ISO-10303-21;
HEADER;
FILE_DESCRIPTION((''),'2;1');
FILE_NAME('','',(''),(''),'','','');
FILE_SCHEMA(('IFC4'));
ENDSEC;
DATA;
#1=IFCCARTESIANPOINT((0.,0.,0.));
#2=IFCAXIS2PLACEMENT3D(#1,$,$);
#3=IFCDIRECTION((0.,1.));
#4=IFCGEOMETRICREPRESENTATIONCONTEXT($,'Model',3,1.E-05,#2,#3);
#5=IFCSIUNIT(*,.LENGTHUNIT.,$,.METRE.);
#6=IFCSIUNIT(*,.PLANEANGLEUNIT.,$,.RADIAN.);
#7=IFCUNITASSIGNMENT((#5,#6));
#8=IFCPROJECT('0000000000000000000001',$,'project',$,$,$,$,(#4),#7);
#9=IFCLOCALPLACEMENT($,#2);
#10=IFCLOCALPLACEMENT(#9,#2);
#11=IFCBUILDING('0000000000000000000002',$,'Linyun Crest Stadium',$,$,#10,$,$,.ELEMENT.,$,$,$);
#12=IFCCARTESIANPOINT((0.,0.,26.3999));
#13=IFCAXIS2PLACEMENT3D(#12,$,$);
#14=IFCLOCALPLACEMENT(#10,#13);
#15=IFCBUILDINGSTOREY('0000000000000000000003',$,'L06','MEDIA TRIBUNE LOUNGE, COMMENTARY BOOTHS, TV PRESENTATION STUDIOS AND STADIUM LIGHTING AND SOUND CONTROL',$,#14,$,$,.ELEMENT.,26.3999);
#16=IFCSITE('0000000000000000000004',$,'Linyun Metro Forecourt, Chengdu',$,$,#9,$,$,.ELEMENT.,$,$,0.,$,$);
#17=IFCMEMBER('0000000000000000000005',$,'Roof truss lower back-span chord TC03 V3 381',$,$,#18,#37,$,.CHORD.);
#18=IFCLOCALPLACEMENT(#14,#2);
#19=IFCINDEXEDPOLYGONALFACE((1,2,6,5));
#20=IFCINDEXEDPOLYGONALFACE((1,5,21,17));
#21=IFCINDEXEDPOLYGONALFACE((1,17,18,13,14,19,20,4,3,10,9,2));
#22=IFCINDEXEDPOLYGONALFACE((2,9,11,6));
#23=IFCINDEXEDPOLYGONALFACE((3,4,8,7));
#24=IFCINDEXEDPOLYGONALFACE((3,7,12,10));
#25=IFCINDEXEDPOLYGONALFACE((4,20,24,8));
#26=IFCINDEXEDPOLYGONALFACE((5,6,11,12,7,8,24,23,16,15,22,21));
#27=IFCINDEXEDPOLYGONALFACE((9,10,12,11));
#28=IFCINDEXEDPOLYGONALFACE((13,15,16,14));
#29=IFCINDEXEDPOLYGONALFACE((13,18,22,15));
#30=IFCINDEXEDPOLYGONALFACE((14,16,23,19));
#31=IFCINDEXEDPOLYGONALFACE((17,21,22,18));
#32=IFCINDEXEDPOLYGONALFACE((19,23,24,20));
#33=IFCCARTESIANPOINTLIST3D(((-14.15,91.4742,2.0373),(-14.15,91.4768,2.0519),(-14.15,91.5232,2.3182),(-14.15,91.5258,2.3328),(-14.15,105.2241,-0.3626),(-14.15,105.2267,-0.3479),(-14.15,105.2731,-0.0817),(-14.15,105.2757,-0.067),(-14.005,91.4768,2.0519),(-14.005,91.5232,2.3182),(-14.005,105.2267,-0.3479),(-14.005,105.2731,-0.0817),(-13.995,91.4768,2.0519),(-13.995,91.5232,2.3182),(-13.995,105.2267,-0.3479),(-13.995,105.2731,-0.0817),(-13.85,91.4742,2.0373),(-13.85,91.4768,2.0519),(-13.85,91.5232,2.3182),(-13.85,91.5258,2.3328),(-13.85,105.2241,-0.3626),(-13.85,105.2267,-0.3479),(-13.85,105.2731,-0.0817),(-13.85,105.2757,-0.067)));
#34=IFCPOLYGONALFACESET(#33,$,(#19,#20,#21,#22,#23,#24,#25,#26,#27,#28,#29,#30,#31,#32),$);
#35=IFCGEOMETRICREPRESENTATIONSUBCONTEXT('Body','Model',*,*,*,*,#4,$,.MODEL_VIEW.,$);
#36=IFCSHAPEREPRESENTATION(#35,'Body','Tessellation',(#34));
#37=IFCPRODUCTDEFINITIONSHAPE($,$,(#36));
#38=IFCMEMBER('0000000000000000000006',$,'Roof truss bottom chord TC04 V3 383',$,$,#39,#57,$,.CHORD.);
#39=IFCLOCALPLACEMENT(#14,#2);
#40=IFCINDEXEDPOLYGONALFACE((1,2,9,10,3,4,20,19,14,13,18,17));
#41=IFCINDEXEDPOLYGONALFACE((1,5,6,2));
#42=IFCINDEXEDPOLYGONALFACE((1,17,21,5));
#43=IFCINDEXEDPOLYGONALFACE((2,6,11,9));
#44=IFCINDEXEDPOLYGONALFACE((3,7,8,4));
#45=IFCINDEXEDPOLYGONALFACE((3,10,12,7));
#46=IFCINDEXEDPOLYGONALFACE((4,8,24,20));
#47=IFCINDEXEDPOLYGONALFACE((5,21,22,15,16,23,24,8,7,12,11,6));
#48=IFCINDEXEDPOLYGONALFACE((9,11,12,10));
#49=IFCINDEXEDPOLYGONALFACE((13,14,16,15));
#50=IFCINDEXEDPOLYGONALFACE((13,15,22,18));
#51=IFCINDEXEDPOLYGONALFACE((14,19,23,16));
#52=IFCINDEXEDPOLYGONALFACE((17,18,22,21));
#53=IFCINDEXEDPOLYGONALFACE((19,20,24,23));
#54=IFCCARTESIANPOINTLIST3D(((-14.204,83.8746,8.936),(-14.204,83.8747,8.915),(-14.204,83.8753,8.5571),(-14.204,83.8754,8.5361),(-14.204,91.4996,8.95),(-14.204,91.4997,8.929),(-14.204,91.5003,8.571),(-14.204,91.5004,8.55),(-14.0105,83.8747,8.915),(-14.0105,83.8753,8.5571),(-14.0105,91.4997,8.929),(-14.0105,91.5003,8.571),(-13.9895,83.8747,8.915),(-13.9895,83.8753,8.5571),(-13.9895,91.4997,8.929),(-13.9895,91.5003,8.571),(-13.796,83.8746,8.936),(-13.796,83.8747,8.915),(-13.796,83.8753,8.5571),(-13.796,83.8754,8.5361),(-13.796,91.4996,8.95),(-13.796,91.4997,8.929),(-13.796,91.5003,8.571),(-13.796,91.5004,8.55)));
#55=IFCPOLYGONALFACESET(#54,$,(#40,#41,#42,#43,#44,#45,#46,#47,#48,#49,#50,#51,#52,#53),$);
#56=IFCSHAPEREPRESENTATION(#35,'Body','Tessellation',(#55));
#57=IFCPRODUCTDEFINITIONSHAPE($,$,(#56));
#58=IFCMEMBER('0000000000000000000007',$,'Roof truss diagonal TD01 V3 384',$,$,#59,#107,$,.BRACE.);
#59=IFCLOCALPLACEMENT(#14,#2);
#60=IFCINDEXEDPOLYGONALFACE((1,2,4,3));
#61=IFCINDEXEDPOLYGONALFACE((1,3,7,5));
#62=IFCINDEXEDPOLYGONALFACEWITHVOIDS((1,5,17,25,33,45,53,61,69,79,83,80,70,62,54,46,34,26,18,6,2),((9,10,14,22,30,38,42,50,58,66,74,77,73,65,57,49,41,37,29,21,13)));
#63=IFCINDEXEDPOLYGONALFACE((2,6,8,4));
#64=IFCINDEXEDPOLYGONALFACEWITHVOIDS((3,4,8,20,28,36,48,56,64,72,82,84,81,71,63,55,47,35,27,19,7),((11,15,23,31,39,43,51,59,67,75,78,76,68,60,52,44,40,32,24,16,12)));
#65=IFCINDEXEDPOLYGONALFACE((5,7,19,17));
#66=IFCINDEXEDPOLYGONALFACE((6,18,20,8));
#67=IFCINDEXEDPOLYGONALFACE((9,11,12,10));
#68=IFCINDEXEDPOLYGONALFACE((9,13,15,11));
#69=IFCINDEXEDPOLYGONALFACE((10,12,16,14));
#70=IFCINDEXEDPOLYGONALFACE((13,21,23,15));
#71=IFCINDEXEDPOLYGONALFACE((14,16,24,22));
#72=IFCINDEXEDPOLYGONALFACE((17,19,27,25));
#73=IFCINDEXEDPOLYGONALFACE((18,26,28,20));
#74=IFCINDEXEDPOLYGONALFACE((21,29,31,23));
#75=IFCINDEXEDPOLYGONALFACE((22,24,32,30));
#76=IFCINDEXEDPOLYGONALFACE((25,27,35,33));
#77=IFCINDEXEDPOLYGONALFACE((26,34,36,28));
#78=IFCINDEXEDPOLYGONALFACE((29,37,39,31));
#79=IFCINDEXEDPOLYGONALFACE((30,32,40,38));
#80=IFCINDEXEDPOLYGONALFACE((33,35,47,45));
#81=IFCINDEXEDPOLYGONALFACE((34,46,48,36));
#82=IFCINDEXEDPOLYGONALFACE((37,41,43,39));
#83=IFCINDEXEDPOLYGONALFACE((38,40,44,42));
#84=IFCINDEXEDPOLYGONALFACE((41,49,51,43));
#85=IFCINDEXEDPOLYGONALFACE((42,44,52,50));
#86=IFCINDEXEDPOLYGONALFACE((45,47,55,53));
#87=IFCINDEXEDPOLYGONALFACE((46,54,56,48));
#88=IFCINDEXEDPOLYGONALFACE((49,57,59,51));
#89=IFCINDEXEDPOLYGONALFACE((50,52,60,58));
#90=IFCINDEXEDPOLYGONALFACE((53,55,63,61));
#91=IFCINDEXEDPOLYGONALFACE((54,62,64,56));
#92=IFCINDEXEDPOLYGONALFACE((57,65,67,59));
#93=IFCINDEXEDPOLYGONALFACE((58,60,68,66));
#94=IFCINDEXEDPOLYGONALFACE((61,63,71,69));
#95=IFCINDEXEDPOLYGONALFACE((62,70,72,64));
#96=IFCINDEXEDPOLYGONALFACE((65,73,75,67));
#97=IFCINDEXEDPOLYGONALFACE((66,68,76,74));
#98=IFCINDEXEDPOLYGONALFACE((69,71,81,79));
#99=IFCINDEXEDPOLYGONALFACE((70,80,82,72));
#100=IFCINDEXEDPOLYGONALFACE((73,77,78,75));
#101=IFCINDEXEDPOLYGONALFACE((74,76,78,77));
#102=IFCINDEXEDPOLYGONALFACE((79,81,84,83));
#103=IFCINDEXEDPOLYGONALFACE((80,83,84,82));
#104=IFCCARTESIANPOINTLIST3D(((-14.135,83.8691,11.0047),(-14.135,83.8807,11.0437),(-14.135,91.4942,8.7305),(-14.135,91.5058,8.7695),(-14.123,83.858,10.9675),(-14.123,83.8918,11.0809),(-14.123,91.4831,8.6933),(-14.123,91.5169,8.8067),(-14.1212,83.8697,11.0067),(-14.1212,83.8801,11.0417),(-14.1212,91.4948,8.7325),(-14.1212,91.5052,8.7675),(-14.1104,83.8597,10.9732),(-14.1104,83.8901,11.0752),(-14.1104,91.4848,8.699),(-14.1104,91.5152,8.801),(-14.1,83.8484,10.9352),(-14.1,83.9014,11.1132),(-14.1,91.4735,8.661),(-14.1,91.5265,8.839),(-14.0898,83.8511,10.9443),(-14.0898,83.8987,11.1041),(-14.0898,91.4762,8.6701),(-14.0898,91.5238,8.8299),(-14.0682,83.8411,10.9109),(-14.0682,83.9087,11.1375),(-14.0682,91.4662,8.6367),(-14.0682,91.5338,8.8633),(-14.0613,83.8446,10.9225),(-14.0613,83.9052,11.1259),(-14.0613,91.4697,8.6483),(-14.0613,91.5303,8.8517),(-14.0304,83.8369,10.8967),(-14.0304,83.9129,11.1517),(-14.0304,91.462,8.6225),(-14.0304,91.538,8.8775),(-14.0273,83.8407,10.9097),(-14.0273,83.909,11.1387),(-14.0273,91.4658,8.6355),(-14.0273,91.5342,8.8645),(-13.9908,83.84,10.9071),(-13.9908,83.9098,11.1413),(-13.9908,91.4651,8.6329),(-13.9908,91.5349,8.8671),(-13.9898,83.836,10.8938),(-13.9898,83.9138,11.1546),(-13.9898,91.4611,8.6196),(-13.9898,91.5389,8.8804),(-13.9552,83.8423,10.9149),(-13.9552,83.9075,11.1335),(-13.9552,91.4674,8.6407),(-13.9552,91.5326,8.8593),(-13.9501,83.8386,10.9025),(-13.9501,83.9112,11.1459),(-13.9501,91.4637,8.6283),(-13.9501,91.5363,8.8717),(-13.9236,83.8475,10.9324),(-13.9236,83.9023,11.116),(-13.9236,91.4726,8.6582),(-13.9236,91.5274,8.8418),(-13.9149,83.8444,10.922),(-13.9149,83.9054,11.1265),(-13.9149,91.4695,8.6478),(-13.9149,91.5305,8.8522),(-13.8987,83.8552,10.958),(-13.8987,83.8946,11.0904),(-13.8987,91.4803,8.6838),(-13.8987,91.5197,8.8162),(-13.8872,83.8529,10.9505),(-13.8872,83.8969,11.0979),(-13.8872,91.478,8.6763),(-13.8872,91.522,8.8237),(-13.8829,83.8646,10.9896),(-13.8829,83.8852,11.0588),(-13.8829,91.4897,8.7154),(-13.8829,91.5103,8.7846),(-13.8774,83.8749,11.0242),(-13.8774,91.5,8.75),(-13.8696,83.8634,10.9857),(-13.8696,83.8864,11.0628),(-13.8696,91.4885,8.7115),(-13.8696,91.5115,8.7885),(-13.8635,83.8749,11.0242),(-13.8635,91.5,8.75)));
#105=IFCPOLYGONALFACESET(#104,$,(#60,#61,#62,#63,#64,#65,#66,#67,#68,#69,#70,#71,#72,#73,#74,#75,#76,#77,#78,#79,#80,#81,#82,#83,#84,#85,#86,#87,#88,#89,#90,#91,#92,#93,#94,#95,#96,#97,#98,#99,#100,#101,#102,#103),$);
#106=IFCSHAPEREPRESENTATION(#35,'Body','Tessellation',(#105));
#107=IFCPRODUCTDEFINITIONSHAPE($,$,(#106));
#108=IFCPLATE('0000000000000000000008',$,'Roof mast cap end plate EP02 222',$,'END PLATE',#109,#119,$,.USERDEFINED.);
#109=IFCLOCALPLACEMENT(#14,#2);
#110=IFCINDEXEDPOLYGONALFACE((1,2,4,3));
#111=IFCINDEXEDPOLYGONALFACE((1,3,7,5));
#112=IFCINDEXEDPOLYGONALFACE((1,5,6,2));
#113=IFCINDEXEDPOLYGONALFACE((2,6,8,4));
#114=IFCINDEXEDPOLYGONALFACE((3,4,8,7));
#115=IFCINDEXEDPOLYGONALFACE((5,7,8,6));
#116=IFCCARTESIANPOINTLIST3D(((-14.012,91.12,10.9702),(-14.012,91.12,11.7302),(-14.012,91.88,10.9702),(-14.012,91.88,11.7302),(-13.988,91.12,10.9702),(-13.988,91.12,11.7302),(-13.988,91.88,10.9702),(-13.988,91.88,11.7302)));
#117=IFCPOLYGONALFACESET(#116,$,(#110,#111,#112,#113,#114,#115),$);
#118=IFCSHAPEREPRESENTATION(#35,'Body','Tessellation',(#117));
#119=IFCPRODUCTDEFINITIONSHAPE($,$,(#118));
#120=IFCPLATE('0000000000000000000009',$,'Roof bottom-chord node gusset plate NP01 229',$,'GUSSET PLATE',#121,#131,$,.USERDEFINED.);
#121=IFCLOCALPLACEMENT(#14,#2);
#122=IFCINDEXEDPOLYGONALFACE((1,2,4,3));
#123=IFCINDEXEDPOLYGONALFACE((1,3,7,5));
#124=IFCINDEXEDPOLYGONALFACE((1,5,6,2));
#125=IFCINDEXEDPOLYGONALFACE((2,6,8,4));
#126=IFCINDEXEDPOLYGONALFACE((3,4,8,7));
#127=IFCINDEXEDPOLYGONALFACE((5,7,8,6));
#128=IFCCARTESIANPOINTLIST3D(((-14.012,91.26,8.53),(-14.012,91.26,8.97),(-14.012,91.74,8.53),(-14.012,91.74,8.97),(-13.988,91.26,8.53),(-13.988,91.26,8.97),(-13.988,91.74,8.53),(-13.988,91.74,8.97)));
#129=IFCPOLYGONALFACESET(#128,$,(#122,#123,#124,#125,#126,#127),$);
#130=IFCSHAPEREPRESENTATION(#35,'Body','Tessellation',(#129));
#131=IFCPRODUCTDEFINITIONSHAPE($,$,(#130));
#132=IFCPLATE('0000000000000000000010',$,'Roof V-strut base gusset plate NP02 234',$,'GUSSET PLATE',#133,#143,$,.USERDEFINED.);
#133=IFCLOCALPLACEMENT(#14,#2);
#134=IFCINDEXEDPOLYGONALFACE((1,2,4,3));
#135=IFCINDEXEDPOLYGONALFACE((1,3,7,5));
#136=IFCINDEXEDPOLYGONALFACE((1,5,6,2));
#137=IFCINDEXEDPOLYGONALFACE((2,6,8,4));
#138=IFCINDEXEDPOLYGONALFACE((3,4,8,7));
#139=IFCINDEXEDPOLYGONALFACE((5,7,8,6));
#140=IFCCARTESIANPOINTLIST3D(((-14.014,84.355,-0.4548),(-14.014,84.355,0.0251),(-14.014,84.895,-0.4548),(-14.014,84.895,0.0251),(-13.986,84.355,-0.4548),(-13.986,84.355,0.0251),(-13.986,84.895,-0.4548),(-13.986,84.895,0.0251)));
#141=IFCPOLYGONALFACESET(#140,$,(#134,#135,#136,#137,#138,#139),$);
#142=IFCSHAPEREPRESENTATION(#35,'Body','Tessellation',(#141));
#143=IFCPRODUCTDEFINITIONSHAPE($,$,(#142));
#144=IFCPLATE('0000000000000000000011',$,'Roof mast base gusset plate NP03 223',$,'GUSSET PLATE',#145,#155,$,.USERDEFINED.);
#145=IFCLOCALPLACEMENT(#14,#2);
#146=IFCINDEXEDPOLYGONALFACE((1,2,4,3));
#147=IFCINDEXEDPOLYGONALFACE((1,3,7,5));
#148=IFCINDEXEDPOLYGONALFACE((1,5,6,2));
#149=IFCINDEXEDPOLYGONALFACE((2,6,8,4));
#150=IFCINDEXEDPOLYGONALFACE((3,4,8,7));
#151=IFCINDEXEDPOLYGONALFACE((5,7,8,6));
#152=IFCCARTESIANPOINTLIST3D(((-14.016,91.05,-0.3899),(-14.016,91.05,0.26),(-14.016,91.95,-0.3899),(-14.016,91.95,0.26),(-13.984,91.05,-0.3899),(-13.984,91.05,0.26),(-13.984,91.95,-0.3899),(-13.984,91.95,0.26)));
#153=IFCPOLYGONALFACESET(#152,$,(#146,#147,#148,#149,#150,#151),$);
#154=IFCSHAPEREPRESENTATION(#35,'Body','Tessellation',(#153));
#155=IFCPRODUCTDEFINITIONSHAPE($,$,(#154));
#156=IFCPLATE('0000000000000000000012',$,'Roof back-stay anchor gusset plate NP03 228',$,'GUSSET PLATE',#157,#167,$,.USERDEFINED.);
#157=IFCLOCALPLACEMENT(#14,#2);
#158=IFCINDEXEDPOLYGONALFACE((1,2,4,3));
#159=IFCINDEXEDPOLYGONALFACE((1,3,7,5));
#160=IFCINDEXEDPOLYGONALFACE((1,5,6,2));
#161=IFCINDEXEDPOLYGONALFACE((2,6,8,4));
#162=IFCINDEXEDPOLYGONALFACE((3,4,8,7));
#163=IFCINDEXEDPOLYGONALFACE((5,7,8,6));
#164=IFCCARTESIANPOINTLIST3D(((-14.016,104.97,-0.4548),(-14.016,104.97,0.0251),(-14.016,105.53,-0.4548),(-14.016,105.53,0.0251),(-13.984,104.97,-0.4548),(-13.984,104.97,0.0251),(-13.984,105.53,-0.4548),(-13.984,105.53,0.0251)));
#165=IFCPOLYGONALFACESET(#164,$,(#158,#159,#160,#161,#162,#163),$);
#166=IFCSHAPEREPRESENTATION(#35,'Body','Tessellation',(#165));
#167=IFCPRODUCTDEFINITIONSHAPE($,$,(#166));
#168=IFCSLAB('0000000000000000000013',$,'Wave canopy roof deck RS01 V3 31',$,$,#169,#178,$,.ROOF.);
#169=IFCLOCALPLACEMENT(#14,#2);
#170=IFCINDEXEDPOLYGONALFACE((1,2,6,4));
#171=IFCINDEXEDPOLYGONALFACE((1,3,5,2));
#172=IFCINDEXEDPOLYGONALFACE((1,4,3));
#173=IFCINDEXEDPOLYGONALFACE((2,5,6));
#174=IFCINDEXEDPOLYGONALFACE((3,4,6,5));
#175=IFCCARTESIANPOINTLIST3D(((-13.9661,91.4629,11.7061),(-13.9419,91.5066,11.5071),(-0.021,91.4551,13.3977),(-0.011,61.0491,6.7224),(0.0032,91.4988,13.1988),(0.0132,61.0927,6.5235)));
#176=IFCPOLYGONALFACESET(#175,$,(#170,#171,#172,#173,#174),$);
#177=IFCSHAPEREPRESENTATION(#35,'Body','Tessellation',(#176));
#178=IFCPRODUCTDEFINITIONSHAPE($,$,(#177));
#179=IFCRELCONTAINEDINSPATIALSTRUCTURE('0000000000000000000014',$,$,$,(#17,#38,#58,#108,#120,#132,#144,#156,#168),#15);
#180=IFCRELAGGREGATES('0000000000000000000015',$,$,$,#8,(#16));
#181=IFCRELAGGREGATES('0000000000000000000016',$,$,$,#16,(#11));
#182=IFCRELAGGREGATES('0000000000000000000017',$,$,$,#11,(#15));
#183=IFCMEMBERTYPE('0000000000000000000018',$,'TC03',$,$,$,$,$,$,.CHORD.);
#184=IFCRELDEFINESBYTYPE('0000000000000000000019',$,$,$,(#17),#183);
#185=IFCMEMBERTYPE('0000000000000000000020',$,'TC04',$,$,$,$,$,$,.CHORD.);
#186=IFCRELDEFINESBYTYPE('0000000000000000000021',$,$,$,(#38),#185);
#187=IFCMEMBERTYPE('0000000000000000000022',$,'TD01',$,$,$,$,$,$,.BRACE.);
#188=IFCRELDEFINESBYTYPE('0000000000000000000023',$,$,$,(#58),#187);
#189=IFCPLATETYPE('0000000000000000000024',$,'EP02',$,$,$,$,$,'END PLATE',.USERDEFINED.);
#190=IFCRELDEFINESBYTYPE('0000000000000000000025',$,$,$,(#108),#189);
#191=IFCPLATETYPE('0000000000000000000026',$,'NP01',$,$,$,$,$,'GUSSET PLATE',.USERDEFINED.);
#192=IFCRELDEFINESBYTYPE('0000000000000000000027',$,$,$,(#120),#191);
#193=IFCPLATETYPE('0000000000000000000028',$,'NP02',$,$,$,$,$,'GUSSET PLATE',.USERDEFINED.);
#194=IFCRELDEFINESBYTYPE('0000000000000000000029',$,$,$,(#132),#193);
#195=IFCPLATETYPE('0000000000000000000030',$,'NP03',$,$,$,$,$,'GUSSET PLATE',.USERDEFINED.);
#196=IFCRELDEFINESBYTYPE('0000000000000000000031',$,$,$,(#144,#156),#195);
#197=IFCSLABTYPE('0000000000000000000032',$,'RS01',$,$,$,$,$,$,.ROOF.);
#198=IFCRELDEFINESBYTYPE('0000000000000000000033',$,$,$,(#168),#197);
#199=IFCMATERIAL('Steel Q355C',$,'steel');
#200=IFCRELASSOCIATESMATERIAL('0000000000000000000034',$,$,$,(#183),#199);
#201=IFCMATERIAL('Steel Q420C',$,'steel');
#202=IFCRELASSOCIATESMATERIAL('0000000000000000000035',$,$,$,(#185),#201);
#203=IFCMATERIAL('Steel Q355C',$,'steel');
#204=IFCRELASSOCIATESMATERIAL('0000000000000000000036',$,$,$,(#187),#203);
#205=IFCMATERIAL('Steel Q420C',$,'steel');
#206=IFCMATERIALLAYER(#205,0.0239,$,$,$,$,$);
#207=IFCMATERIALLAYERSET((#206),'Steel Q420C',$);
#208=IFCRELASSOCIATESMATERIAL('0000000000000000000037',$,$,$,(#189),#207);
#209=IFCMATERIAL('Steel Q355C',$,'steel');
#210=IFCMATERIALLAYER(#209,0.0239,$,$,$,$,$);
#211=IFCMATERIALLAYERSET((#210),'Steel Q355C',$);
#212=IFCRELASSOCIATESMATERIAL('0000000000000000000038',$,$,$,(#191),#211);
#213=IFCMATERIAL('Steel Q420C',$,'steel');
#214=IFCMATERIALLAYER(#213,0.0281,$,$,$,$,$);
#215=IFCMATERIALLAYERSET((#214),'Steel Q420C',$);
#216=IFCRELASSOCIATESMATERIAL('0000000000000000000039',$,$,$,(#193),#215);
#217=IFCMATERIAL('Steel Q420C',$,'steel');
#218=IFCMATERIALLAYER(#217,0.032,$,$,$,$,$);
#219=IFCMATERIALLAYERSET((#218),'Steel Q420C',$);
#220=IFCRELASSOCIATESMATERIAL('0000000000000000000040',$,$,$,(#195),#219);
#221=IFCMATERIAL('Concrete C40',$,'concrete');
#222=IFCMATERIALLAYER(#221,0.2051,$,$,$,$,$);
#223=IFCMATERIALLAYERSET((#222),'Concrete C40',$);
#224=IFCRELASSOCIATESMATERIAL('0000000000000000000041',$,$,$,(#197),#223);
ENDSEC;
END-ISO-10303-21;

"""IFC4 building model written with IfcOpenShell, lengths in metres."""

from ifc_helpers import new_model, si_unit, direction, frame, origin, origin_2d, place, context, subcontext, project, spatial, polyline, rectangle, hollow_circle, i_section, outline, extrude, material, layer, layer_set, material_profile, profile_set, type_object, element, save


model = new_model("IFC4")

# Units and contexts
model_context = context("Model", 3, precision=1e-05, world=origin(), true_north=direction((0.0, 1.0)))
body_context = subcontext(model_context, "Body", "Model", "MODEL_VIEW")
ifc_project = project(units=[si_unit("LENGTHUNIT", "METRE"), si_unit("PLANEANGLEUNIT", "RADIAN")], contexts=[model_context])

# Site, building, storey
site_placement = place(None, origin())
site = spatial("IfcSite", under=ifc_project, at=site_placement, Name="Linyun Metro Forecourt, Chengdu", CompositionType="ELEMENT", RefElevation=0.0)
building_placement = place(site_placement, origin())
building = spatial("IfcBuilding", under=site, at=building_placement, Name="Linyun Crest Stadium", CompositionType="ELEMENT")
storey_placement = place(building_placement, frame((0.0, 0.0, 26.3999)))
storey = spatial("IfcBuildingStorey", under=building, at=storey_placement, Name="L06", Description="MEDIA TRIBUNE LOUNGE, COMMENTARY BOOTHS, TV PRESENTATION STUDIOS AND STADIUM LIGHTING AND SOUND CONTROL", CompositionType="ELEMENT", Elevation=26.3999)

# Members
ifc_material_1 = material(Name="Steel Q355C", Category="steel")
ifc_material_profile_1 = material_profile(ifc_material_1, i_section(OverallWidth=0.3, OverallDepth=0.3, WebThickness=0.01, FlangeThickness=0.0149, at=origin_2d()), Name="HW 300x300")
ifc_profile_set_1 = profile_set([ifc_material_profile_1], Name="Steel Q355C")
member_type_1 = type_object("IfcMemberType", Name="TC03", PredefinedType="CHORD", material=ifc_profile_set_1)
member_1_placement = place(storey_placement, frame((-14.0, 91.5, 2.1851), z_axis=(0.0, 0.985108, -0.171939), x_axis=(-1.0, 0.0, 0.0)))
element("IfcMember", 1, at=member_1_placement, inside=storey, type_object=member_type_1, Name="Roof truss lower back-span chord TC03 V3 381", PredefinedType="CHORD", context=body_context, shape_type="SweptSolid", body=[
    extrude(i_section(OverallWidth=0.3, OverallDepth=0.3, WebThickness=0.01, FlangeThickness=0.0149, at=origin_2d()), origin(), (0.0, 0.0, 1.0), 13.9578),
])
ifc_material_2 = material(Name="Steel Q420C", Category="steel")
ifc_material_profile_2 = material_profile(ifc_material_2, i_section(OverallWidth=0.408, OverallDepth=0.3999, WebThickness=0.021, FlangeThickness=0.021, at=origin_2d()), Name="HW 400x408")
ifc_profile_set_2 = profile_set([ifc_material_profile_2], Name="Steel Q420C")
member_type_2 = type_object("IfcMemberType", Name="TC04", PredefinedType="CHORD", material=ifc_profile_set_2)
member_2_placement = place(storey_placement, frame((-14.0, 91.5, 8.75), z_axis=(0.0, -0.999998, -0.001825), x_axis=(1.0, 0.0, 0.0)))
element("IfcMember", 2, at=member_2_placement, inside=storey, type_object=member_type_2, Name="Roof truss bottom chord TC04 V3 383", PredefinedType="CHORD", context=body_context, shape_type="SweptSolid", body=[
    extrude(i_section(OverallWidth=0.408, OverallDepth=0.3999, WebThickness=0.021, FlangeThickness=0.021, at=origin_2d()), origin(), (0.0, 0.0, 1.0), 7.625),
])
ifc_material_3 = material(Name="Steel Q355C", Category="steel")
ifc_material_profile_3 = material_profile(ifc_material_3, hollow_circle(Radius=0.1365, WallThickness=0.0139, at=origin_2d()), Name="CHS 273x14")
ifc_profile_set_3 = profile_set([ifc_material_profile_3], Name="Steel Q355C")
member_type_3 = type_object("IfcMemberType", Name="TD01", PredefinedType="BRACE", material=ifc_profile_set_3)
member_3_placement = place(storey_placement, frame((-14.0, 91.5, 8.75), z_axis=(0.0, -0.958286, 0.285811), x_axis=(1.0, 0.0, 0.0)))
element("IfcMember", 3, at=member_3_placement, inside=storey, type_object=member_type_3, Name="Roof truss diagonal TD01 V3 384", PredefinedType="BRACE", context=body_context, shape_type="SweptSolid", body=[
    extrude(hollow_circle(Radius=0.1365, WallThickness=0.0139, at=origin_2d()), origin(), (0.0, 0.0, 1.0), 7.957),
])

# Plates
ifc_material_4 = material(Name="Steel Q420C", Category="steel")
ifc_layer_1 = layer(ifc_material_4, 0.0239)
ifc_layer_set_1 = layer_set([ifc_layer_1], Name="Steel Q420C")
plate_type_1 = type_object("IfcPlateType", Name="EP02", ElementType="END PLATE", PredefinedType="USERDEFINED", material=ifc_layer_set_1)
plate_1_placement = place(storey_placement, frame((-14.0, 91.5, 10.9702), z_axis=(0.0, 0.0, 1.0), x_axis=(0.0, 1.0, 0.0)))
element("IfcPlate", 4, at=plate_1_placement, inside=storey, type_object=plate_type_1, Name="Roof mast cap end plate EP02 222", ObjectType="END PLATE", PredefinedType="USERDEFINED", context=body_context, shape_type="SweptSolid", body=[
    extrude(rectangle(XDim=0.76, YDim=0.0239, at=origin_2d()), origin(), (0.0, 0.0, 1.0), 0.76),
])
ifc_material_5 = material(Name="Steel Q355C", Category="steel")
ifc_layer_2 = layer(ifc_material_5, 0.0239)
ifc_layer_set_2 = layer_set([ifc_layer_2], Name="Steel Q355C")
plate_type_2 = type_object("IfcPlateType", Name="NP01", ElementType="GUSSET PLATE", PredefinedType="USERDEFINED", material=ifc_layer_set_2)
plate_2_placement = place(storey_placement, frame((-14.0, 91.5, 8.53), z_axis=(0.0, 0.0, 1.0), x_axis=(0.0, 1.0, 0.0)))
element("IfcPlate", 5, at=plate_2_placement, inside=storey, type_object=plate_type_2, Name="Roof bottom-chord node gusset plate NP01 229", ObjectType="GUSSET PLATE", PredefinedType="USERDEFINED", context=body_context, shape_type="SweptSolid", body=[
    extrude(rectangle(XDim=0.48, YDim=0.0239, at=origin_2d()), origin(), (0.0, 0.0, 1.0), 0.4399),
])
ifc_material_6 = material(Name="Steel Q420C", Category="steel")
ifc_layer_3 = layer(ifc_material_6, 0.0281)
ifc_layer_set_3 = layer_set([ifc_layer_3], Name="Steel Q420C")
plate_type_3 = type_object("IfcPlateType", Name="NP02", ElementType="GUSSET PLATE", PredefinedType="USERDEFINED", material=ifc_layer_set_3)
plate_3_placement = place(storey_placement, frame((-14.0, 84.625, -0.4548), z_axis=(0.0, 0.0, 1.0), x_axis=(0.0, 1.0, 0.0)))
element("IfcPlate", 6, at=plate_3_placement, inside=storey, type_object=plate_type_3, Name="Roof V-strut base gusset plate NP02 234", ObjectType="GUSSET PLATE", PredefinedType="USERDEFINED", context=body_context, shape_type="SweptSolid", body=[
    extrude(rectangle(XDim=0.54, YDim=0.0281, at=origin_2d()), origin(), (0.0, 0.0, 1.0), 0.48),
])
ifc_material_7 = material(Name="Steel Q420C", Category="steel")
ifc_layer_4 = layer(ifc_material_7, 0.032)
ifc_layer_set_4 = layer_set([ifc_layer_4], Name="Steel Q420C")
plate_type_4 = type_object("IfcPlateType", Name="NP03", ElementType="GUSSET PLATE", PredefinedType="USERDEFINED", material=ifc_layer_set_4)
plate_4_placement = place(storey_placement, frame((-14.0, 91.5, -0.3899), z_axis=(0.0, 0.0, 1.0), x_axis=(0.0, 1.0, 0.0)))
element("IfcPlate", 7, at=plate_4_placement, inside=storey, type_object=plate_type_4, Name="Roof mast base gusset plate NP03 223", ObjectType="GUSSET PLATE", PredefinedType="USERDEFINED", context=body_context, shape_type="SweptSolid", body=[
    extrude(rectangle(XDim=0.8999, YDim=0.032, at=origin_2d()), origin(), (0.0, 0.0, 1.0), 0.6499),
])
plate_5_placement = place(storey_placement, frame((-14.0, 105.25, -0.4548), z_axis=(0.0, 0.0, 1.0), x_axis=(0.0, 1.0, 0.0)))
element("IfcPlate", 8, at=plate_5_placement, inside=storey, type_object=plate_type_4, Name="Roof back-stay anchor gusset plate NP03 228", ObjectType="GUSSET PLATE", PredefinedType="USERDEFINED", context=body_context, shape_type="SweptSolid", body=[
    extrude(rectangle(XDim=0.5601, YDim=0.032, at=origin_2d()), origin(), (0.0, 0.0, 1.0), 0.48),
])

# Slab
ifc_material_8 = material(Name="Concrete C40", Category="concrete")
ifc_layer_5 = layer(ifc_material_8, 0.2051)
ifc_layer_set_5 = layer_set([ifc_layer_5], Name="Concrete C40")
slab_type_1 = type_object("IfcSlabType", Name="RS01", PredefinedType="ROOF", material=ifc_layer_set_5)
slab_1_placement = place(storey_placement, frame((-13.9661, 91.4629, 11.7061), z_axis=(-0.11778, -0.212976, 0.969932), x_axis=(0.992722, -0.000556, 0.120425)))
element("IfcSlab", 9, at=slab_1_placement, inside=storey, type_object=slab_type_1, Name="Wave canopy roof deck RS01 V3 31", PredefinedType="ROOF", context=body_context, shape_type="SweptSolid", body=[
    extrude(outline(polyline([(0.0, 0.0), (14.0473, 0.0), (13.2703, -31.1204), (0.0, 0.0)])), origin(), (0.0, 0.0, -1.0), 0.2051),
])

save(model, "model.ifc")
